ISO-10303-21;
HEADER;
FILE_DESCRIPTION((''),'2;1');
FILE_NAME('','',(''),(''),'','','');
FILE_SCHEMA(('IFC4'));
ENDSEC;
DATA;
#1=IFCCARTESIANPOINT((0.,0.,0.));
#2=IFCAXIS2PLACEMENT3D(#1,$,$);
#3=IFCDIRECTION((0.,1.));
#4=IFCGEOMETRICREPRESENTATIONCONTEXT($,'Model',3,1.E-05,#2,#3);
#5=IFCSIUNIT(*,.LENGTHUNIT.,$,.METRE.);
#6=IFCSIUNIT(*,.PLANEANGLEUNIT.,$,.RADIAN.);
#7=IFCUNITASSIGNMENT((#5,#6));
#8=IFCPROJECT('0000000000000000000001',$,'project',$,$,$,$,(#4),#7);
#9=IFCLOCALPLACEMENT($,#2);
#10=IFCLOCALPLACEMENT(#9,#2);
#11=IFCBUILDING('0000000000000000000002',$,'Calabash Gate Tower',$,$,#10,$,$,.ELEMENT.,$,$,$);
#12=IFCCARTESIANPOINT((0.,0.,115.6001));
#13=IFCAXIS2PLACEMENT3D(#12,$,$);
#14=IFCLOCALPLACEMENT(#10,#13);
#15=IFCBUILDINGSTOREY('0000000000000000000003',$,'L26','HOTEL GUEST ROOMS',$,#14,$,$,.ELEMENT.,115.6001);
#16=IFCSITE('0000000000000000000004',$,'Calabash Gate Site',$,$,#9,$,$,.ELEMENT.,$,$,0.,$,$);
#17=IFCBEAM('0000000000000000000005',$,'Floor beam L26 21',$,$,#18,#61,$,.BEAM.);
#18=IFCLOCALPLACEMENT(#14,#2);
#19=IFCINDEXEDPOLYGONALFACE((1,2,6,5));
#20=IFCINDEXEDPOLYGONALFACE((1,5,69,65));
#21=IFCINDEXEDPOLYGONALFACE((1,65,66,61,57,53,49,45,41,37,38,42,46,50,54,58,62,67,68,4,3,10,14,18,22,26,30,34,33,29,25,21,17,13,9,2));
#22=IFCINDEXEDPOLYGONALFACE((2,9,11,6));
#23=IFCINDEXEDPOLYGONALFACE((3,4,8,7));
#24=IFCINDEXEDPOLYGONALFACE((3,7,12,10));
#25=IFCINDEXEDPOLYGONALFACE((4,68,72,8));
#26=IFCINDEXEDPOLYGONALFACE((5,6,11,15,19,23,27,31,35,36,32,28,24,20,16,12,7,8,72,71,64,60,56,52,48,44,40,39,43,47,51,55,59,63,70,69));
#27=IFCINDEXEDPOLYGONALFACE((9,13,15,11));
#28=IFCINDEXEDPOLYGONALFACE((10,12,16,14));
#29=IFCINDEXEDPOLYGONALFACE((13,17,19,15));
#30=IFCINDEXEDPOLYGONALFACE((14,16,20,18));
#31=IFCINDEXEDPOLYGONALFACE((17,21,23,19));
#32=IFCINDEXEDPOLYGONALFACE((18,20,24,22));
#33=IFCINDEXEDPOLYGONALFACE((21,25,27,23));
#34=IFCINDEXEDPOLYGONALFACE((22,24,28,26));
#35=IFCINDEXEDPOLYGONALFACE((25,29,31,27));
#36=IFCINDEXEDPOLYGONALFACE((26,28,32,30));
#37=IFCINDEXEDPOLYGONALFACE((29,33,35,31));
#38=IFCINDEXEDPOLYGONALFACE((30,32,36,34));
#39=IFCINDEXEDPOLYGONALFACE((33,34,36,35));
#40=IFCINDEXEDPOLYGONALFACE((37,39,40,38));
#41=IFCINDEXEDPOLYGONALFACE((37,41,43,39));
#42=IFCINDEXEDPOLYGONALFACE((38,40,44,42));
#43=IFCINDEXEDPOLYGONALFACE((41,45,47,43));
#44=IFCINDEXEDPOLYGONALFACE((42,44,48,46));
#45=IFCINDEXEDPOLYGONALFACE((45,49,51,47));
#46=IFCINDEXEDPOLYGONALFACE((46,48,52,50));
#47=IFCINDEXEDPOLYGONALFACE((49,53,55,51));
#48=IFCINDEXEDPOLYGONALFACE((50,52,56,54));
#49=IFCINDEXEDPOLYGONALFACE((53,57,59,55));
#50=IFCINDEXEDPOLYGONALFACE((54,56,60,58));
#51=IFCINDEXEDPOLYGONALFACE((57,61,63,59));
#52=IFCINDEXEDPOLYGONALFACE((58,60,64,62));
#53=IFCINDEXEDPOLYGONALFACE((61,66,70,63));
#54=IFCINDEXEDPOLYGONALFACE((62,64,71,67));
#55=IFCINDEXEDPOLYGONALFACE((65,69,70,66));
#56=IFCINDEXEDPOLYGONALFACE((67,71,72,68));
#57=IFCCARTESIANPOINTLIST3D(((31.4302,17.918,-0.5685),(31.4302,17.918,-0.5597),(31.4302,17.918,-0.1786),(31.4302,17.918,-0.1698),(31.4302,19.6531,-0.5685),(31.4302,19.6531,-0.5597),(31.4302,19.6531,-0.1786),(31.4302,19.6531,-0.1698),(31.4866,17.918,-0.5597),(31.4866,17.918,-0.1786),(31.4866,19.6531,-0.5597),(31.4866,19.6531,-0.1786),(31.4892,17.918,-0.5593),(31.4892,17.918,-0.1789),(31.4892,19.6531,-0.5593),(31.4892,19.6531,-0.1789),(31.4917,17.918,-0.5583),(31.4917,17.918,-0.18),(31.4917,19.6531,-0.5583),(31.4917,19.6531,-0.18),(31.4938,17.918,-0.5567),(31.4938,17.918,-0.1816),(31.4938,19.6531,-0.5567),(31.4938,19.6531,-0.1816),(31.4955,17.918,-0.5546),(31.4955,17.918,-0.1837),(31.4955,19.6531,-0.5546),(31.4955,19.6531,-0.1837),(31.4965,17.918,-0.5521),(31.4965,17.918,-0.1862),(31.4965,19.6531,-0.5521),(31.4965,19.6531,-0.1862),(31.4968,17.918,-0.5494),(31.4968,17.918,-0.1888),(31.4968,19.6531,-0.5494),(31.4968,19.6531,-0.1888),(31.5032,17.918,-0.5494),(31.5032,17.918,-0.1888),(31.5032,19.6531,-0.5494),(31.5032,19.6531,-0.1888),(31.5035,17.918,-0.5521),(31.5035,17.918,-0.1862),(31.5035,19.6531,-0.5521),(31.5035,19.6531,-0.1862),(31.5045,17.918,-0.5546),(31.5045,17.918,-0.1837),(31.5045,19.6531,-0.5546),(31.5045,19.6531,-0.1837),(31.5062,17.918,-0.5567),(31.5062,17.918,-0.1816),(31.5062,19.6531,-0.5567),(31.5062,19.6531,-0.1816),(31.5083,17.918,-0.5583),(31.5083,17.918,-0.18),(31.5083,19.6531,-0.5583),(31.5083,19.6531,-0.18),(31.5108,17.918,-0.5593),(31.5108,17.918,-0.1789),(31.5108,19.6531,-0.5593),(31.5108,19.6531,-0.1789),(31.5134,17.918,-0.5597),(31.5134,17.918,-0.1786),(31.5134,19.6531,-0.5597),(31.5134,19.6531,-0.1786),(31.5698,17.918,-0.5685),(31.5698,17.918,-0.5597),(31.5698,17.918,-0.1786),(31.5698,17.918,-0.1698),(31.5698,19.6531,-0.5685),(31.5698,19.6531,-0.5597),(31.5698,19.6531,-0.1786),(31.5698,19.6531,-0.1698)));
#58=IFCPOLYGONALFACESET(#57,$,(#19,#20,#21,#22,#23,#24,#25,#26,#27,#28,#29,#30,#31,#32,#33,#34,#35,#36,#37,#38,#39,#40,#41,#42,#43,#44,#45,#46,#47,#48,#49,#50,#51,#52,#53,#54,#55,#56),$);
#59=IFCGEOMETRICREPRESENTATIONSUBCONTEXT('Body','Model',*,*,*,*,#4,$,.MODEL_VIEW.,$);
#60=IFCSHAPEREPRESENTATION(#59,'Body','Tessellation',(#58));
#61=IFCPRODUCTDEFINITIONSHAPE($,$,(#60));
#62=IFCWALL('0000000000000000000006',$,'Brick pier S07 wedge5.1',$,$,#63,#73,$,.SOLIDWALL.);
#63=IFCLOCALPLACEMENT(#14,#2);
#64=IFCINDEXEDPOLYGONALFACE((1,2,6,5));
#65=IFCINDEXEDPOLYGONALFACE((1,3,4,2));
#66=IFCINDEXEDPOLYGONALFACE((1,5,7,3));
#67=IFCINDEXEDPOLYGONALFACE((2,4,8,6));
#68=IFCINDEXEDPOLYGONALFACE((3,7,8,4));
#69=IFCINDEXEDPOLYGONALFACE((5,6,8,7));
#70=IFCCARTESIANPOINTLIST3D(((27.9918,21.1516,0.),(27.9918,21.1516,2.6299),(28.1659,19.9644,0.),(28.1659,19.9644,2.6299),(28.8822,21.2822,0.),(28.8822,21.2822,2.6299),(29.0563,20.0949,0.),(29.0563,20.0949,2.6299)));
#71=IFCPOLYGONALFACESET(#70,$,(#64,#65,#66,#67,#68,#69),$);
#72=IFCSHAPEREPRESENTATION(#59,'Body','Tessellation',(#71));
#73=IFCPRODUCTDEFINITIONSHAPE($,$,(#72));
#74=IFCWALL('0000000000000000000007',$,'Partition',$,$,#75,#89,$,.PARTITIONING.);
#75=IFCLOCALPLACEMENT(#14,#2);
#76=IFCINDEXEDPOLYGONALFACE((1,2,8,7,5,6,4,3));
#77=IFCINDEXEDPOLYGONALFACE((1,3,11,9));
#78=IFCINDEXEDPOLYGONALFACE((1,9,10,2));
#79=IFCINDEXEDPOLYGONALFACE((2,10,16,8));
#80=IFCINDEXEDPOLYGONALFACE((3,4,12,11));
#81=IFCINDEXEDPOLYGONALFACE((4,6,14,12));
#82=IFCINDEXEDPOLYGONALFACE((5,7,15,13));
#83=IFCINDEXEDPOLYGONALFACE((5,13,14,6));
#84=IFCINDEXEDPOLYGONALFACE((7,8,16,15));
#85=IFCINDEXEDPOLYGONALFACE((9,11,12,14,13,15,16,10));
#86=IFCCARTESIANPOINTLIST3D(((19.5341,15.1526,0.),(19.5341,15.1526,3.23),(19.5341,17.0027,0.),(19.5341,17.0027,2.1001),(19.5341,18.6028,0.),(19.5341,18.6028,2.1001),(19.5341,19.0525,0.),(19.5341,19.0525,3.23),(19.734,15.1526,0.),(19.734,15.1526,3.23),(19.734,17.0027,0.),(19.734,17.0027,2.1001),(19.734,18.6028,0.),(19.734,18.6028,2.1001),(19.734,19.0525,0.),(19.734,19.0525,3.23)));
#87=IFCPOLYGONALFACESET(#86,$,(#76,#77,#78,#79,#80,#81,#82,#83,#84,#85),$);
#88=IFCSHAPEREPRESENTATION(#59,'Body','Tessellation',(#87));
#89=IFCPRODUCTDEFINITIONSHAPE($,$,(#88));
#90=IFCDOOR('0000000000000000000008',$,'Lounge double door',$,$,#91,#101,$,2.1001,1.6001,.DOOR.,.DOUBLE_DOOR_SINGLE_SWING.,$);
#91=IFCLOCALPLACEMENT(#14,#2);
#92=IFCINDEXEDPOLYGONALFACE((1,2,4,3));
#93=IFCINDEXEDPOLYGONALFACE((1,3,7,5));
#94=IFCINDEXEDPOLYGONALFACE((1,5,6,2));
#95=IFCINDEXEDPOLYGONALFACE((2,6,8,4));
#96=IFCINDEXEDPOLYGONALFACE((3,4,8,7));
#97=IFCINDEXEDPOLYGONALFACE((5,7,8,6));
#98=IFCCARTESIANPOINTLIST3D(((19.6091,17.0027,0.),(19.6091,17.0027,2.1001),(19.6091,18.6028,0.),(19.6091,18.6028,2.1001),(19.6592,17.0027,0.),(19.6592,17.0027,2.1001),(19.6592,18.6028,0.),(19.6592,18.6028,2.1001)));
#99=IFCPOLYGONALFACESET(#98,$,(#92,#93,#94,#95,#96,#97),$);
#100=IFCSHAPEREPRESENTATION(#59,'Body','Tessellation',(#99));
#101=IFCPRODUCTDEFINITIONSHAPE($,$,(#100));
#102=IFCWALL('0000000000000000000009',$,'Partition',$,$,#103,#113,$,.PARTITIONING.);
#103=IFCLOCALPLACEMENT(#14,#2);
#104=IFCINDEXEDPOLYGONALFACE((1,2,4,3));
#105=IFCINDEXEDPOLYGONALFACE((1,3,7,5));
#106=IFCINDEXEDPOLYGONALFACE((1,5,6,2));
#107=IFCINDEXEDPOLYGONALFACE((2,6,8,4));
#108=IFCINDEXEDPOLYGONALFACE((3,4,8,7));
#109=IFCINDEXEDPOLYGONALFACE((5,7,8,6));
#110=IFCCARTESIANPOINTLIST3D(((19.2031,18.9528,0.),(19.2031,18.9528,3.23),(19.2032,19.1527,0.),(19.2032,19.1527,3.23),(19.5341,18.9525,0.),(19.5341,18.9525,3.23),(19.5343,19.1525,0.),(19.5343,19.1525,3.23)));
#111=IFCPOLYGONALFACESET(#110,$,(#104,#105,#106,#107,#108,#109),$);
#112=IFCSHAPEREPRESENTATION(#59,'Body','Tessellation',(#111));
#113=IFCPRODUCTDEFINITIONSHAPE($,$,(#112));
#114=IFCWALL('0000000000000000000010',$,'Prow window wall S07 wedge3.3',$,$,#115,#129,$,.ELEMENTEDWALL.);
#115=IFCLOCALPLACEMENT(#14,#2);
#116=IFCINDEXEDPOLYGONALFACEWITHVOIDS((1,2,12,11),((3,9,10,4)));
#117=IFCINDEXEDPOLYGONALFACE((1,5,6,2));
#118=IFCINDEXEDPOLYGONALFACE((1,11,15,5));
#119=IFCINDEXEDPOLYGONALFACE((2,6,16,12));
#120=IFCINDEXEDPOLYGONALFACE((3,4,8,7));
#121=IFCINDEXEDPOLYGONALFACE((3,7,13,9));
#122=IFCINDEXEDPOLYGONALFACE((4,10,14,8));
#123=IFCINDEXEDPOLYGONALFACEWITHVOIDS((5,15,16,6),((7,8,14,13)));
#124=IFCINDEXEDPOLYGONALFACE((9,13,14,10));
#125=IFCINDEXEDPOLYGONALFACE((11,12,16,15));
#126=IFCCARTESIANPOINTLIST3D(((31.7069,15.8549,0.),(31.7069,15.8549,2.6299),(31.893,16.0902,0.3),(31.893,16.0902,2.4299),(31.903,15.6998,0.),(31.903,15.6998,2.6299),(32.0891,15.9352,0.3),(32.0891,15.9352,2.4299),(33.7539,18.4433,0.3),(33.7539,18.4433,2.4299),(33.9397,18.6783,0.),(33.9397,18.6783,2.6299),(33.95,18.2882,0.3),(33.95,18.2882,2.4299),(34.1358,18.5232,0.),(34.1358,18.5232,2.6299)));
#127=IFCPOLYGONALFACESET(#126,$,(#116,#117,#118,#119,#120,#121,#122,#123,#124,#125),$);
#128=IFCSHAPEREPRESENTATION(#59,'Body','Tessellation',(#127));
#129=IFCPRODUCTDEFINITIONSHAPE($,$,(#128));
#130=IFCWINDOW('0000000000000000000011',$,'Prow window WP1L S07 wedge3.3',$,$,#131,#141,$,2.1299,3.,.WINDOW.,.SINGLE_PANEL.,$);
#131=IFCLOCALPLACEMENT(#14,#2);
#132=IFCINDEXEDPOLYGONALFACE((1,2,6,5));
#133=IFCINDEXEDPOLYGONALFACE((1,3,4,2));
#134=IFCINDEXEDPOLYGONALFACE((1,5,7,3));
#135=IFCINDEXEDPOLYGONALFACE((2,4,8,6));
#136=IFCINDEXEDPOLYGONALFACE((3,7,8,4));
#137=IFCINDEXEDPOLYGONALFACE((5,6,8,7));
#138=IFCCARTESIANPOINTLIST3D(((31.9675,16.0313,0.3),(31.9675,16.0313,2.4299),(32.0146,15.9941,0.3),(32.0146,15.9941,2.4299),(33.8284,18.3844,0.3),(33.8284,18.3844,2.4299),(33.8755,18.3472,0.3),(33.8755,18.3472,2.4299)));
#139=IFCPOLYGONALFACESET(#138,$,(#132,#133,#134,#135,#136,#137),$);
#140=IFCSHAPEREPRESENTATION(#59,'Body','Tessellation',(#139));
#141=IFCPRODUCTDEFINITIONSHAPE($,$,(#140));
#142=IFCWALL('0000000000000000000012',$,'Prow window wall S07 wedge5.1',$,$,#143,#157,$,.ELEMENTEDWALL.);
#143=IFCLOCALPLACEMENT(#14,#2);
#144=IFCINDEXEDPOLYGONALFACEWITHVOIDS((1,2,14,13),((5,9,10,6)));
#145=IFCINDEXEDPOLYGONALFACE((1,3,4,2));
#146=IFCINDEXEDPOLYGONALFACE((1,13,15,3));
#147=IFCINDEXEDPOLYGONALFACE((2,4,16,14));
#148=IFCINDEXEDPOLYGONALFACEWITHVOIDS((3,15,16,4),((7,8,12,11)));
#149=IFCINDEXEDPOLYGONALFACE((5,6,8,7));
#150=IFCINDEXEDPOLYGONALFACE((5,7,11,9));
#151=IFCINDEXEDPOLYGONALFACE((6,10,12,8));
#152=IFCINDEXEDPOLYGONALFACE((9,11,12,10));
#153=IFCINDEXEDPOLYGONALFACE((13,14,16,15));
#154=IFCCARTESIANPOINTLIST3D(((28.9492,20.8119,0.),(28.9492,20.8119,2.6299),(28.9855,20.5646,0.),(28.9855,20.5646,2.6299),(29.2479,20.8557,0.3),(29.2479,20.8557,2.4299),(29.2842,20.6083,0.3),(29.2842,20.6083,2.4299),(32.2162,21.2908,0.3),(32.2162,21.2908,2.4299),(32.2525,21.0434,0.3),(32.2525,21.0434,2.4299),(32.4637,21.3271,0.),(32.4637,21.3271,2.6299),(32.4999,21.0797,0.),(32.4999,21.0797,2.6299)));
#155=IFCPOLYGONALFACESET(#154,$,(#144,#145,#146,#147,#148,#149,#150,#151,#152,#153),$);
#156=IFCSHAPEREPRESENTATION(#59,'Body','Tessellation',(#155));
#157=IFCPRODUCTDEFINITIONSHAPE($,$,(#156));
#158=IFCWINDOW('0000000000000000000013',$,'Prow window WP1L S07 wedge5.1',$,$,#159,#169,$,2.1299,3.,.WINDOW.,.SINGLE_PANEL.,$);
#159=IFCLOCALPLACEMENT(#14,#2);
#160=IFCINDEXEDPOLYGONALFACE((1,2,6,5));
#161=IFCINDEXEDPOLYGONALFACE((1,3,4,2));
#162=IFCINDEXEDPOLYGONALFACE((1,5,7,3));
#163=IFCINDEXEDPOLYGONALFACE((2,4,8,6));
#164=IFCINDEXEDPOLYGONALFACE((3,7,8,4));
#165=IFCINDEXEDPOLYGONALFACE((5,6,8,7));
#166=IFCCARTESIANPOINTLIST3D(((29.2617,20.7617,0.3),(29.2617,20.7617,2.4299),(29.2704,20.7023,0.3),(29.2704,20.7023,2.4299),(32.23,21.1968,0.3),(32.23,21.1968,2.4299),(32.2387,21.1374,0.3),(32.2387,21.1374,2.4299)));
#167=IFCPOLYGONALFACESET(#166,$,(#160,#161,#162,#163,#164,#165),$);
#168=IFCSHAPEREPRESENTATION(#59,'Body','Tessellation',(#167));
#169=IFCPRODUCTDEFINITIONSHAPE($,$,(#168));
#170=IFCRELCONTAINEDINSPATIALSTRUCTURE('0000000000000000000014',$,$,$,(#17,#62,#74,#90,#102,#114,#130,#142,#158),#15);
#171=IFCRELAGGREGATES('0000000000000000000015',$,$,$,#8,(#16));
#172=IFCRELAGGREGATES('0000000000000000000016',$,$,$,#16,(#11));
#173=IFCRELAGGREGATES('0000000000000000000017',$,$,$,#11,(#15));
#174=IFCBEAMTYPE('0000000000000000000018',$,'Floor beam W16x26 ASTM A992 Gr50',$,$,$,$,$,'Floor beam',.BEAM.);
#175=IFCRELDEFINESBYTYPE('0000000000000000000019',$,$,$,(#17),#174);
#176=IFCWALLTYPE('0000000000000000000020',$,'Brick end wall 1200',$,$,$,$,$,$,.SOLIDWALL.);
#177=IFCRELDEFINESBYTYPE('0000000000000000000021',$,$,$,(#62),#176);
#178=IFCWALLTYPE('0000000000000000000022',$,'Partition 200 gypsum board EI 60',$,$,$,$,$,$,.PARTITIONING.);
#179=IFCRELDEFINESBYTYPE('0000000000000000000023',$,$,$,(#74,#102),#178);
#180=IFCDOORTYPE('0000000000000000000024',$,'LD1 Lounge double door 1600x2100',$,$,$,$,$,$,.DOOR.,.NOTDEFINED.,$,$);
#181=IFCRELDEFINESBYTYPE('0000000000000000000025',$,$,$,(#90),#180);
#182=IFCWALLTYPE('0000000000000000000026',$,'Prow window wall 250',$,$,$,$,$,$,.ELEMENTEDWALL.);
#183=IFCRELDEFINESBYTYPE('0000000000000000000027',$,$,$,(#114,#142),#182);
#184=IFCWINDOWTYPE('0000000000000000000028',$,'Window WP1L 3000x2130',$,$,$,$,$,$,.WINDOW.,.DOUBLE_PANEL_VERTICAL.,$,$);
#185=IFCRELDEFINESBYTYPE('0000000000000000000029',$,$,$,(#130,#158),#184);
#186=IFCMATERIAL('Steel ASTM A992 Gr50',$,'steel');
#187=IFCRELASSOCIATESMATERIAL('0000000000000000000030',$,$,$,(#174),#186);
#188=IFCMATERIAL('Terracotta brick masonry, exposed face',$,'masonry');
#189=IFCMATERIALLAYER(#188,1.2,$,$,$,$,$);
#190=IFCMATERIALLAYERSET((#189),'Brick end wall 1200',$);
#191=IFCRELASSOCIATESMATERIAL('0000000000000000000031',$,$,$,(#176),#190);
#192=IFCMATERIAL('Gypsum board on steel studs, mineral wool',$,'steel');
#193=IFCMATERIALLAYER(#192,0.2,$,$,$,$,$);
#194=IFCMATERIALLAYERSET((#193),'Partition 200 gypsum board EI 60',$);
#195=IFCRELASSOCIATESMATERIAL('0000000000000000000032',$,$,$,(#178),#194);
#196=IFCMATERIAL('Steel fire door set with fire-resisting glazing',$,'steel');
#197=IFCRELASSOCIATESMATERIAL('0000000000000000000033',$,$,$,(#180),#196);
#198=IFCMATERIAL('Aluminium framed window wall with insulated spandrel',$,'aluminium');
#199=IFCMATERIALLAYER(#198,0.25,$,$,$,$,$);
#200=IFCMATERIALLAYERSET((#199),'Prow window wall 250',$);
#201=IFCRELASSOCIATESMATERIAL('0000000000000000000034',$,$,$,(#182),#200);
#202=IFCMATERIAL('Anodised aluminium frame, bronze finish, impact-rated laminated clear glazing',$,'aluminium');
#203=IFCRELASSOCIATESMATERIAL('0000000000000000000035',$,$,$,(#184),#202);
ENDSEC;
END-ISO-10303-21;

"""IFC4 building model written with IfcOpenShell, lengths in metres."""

from ifc_helpers import new_model, si_unit, direction, frame, frame_2d, origin, origin_2d, place, context, subcontext, project, spatial, rectangle, i_section, extrude, material, layer, layer_set, material_profile, profile_set, type_object, element, fill, save


model = new_model("IFC4")

# Units and contexts
model_context = context("Model", 3, precision=1e-05, world=origin(), true_north=direction((0.0, 1.0)))
body_context = subcontext(model_context, "Body", "Model", "MODEL_VIEW")
ifc_project = project(units=[si_unit("LENGTHUNIT", "METRE"), si_unit("PLANEANGLEUNIT", "RADIAN")], contexts=[model_context])

# Site, building, storey
site_placement = place(None, origin())
site = spatial("IfcSite", under=ifc_project, at=site_placement, Name="Calabash Gate Site", CompositionType="ELEMENT", RefElevation=0.0)
building_placement = place(site_placement, origin())
building = spatial("IfcBuilding", under=site, at=building_placement, Name="Calabash Gate Tower", CompositionType="ELEMENT")
storey_placement = place(building_placement, frame((0.0, 0.0, 115.6001)))
storey = spatial("IfcBuildingStorey", under=building, at=storey_placement, Name="L26", Description="HOTEL GUEST ROOMS", CompositionType="ELEMENT", Elevation=115.6001)

# Beam
ifc_material_1 = material(Name="Steel ASTM A992 Gr50", Category="steel")
ifc_material_profile_1 = material_profile(ifc_material_1, i_section(OverallWidth=0.1396, OverallDepth=0.3987, WebThickness=0.0063, FlangeThickness=0.0088, FilletRadius=0.0103, at=origin_2d()))
ifc_profile_set_1 = profile_set([ifc_material_profile_1], Name="Steel ASTM A992 Gr50")
beam_type_1 = type_object("IfcBeamType", Name="Floor beam W16x26 ASTM A992 Gr50", ElementType="Floor beam", PredefinedType="BEAM", material=ifc_profile_set_1)
beam_1_placement = place(storey_placement, frame((31.5, 17.918, -0.3691), z_axis=(0.0, 1.0, 0.0), x_axis=(-1.0, 0.0, 0.0)))
element("IfcBeam", 1, at=beam_1_placement, inside=storey, type_object=beam_type_1, Name="Floor beam L26 21", PredefinedType="BEAM", context=body_context, shape_type="SweptSolid", body=[
    extrude(i_section(OverallWidth=0.1396, OverallDepth=0.3987, WebThickness=0.0063, FlangeThickness=0.0088, FilletRadius=0.0103, at=origin_2d()), origin(), (0.0, 0.0, 1.0), 1.7351),
])

# Wall
ifc_material_2 = material(Name="Terracotta brick masonry, exposed face", Category="masonry")
ifc_layer_1 = layer(ifc_material_2, 1.2)
ifc_layer_set_1 = layer_set([ifc_layer_1], Name="Brick end wall 1200")
wall_type_1 = type_object("IfcWallType", Name="Brick end wall 1200", PredefinedType="SOLIDWALL", material=ifc_layer_set_1)
wall_1_placement = place(storey_placement, frame((28.437, 21.217, 0.0), z_axis=(0.0, 0.0, 1.0), x_axis=(0.145066, -0.989422, 0.0)))
element("IfcWall", 2, at=wall_1_placement, inside=storey, type_object=wall_type_1, Name="Brick pier S07 wedge5.1", PredefinedType="SOLIDWALL", context=body_context, shape_type="SweptSolid", body=[
    extrude(rectangle(XDim=1.2, YDim=0.8999, at=frame_2d((0.6001, 0.0))), origin(), (0.0, 0.0, 1.0), 2.6299),
])

# Wall, opening, door
ifc_material_3 = material(Name="Gypsum board on steel studs, mineral wool", Category="steel")
ifc_layer_2 = layer(ifc_material_3, 0.2)
ifc_layer_set_2 = layer_set([ifc_layer_2], Name="Partition 200 gypsum board EI 60")
wall_type_2 = type_object("IfcWallType", Name="Partition 200 gypsum board EI 60", PredefinedType="PARTITIONING", material=ifc_layer_set_2)
wall_2_placement = place(storey_placement, frame((19.634, 15.1526, 0.0), z_axis=(0.0, 0.0, 1.0), x_axis=(0.0, 1.0, 0.0)))
wall_2 = element("IfcWall", 3, at=wall_2_placement, inside=storey, type_object=wall_type_2, Name="Partition", PredefinedType="PARTITIONING", context=body_context, shape_type="SweptSolid", body=[
    extrude(rectangle(XDim=3.8999, YDim=0.2, at=frame_2d((1.95, 0.0))), origin(), (0.0, 0.0, 1.0), 3.23),
])
opening_1_placement = place(wall_2_placement, frame((1.8501, 0.0, 0.0)))
opening_1 = element("IfcOpeningElement", 4, at=opening_1_placement, cuts=wall_2, PredefinedType="OPENING", context=body_context, shape_type="SweptSolid", body=[
    extrude(rectangle(XDim=1.6001, YDim=2.1001, at=frame_2d((0.8, 1.05))), frame((0.0, 0.1099, 0.0), z_axis=(0.0, -1.0, 0.0), x_axis=(1.0, 0.0, 0.0)), (0.0, 0.0, 1.0), 0.22),
])
ifc_material_4 = material(Name="Steel fire door set with fire-resisting glazing", Category="steel")
door_type = type_object("IfcDoorType", Name="LD1 Lounge double door 1600x2100", OperationType="NOTDEFINED", PredefinedType="DOOR", material=ifc_material_4)
door_placement = place(opening_1_placement, origin())
door = element("IfcDoor", 5, at=door_placement, inside=storey, type_object=door_type, Name="Lounge double door", OperationType="DOUBLE_DOOR_SINGLE_SWING", OverallHeight=2.1001, OverallWidth=1.6001, PredefinedType="DOOR", context=body_context, shape_type="SweptSolid", body=[
    extrude(rectangle(XDim=1.6001, YDim=2.1001, at=frame_2d((0.8, 1.05))), frame((0.0, 0.0249, 0.0), z_axis=(0.0, -1.0, 0.0), x_axis=(1.0, 0.0, 0.0)), (0.0, 0.0, 1.0), 0.05),
])
fill(opening_1, door)

# Wall
wall_3_placement = place(storey_placement, frame((19.2031, 19.0527, 0.0), z_axis=(0.0, 0.0, 1.0), x_axis=(1.0, -0.000737, 0.0)))
element("IfcWall", 6, at=wall_3_placement, inside=storey, type_object=wall_type_2, Name="Partition", PredefinedType="PARTITIONING", context=body_context, shape_type="SweptSolid", body=[
    extrude(rectangle(XDim=0.3311, YDim=0.2, at=frame_2d((0.1655, 0.0))), origin(), (0.0, 0.0, 1.0), 3.23),
])

# Walls, openings, windows
ifc_material_5 = material(Name="Aluminium framed window wall with insulated spandrel", Category="aluminium")
ifc_layer_3 = layer(ifc_material_5, 0.25)
ifc_layer_set_3 = layer_set([ifc_layer_3], Name="Prow window wall 250")
wall_type_3 = type_object("IfcWallType", Name="Prow window wall 250", PredefinedType="ELEMENTEDWALL", material=ifc_layer_set_3)
wall_4_placement = place(storey_placement, frame((31.8049, 15.7773, 0.0), z_axis=(0.0, 0.0, 1.0), x_axis=(0.620302, 0.784363, 0.0)))
wall_4 = element("IfcWall", 7, at=wall_4_placement, inside=storey, type_object=wall_type_3, Name="Prow window wall S07 wedge3.3", PredefinedType="ELEMENTEDWALL", context=body_context, shape_type="SweptSolid", body=[
    extrude(rectangle(XDim=3.5996, YDim=0.25, at=frame_2d((1.7998, 0.0))), origin(), (0.0, 0.0, 1.0), 2.6299),
])
opening_2_placement = place(wall_4_placement, frame((0.3, 0.0, 0.3)))
opening_2 = element("IfcOpeningElement", 8, at=opening_2_placement, cuts=wall_4, PredefinedType="OPENING", context=body_context, shape_type="SweptSolid", body=[
    extrude(rectangle(XDim=3.0, YDim=2.1299, at=frame_2d((1.5, 1.0649))), frame((0.0, 0.135, 0.0), z_axis=(0.0, -1.0, 0.0), x_axis=(1.0, 0.0, 0.0)), (0.0, 0.0, 1.0), 0.27),
])
ifc_material_6 = material(Name="Anodised aluminium frame, bronze finish, impact-rated laminated clear glazing", Category="aluminium")
window_type_1 = type_object("IfcWindowType", Name="Window WP1L 3000x2130", PartitioningType="DOUBLE_PANEL_VERTICAL", PredefinedType="WINDOW", material=ifc_material_6)
window_1_placement = place(opening_2_placement, origin())
window_1 = element("IfcWindow", 9, at=window_1_placement, inside=storey, type_object=window_type_1, Name="Prow window WP1L S07 wedge3.3", OverallHeight=2.1299, OverallWidth=3.0, PartitioningType="SINGLE_PANEL", PredefinedType="WINDOW", context=body_context, shape_type="SweptSolid", body=[
    extrude(rectangle(XDim=3.0, YDim=2.1299, at=frame_2d((1.5, 1.0649))), frame((0.0, 0.03, 0.0), z_axis=(0.0, -1.0, 0.0), x_axis=(1.0, 0.0, 0.0)), (0.0, 0.0, 1.0), 0.0601),
])
fill(opening_2, window_1)
wall_5_placement = place(storey_placement, frame((32.4817, 21.2034, 0.0), z_axis=(0.0, 0.0, 1.0), x_axis=(-0.989427, -0.145029, 0.0)))
wall_5 = element("IfcWall", 10, at=wall_5_placement, inside=storey, type_object=wall_type_3, Name="Prow window wall S07 wedge5.1", PredefinedType="ELEMENTEDWALL", context=body_context, shape_type="SweptSolid", body=[
    extrude(rectangle(XDim=3.552, YDim=0.25, at=frame_2d((1.7759, 0.0))), origin(), (0.0, 0.0, 1.0), 2.6299),
])
opening_3_placement = place(wall_5_placement, frame((0.25, 0.0, 0.3)))
opening_3 = element("IfcOpeningElement", 11, at=opening_3_placement, cuts=wall_5, PredefinedType="OPENING", context=body_context, shape_type="SweptSolid", body=[
    extrude(rectangle(XDim=3.0, YDim=2.1299, at=frame_2d((1.5, 1.0649))), frame((0.0, 0.135, 0.0), z_axis=(0.0, -1.0, 0.0), x_axis=(1.0, 0.0, 0.0)), (0.0, 0.0, 1.0), 0.27),
])
window_2_placement = place(opening_3_placement, origin())
window_2 = element("IfcWindow", 12, at=window_2_placement, inside=storey, type_object=window_type_1, Name="Prow window WP1L S07 wedge5.1", OverallHeight=2.1299, OverallWidth=3.0, PartitioningType="SINGLE_PANEL", PredefinedType="WINDOW", context=body_context, shape_type="SweptSolid", body=[
    extrude(rectangle(XDim=3.0, YDim=2.1299, at=frame_2d((1.5, 1.0649))), frame((0.0, 0.03, 0.0), z_axis=(0.0, -1.0, 0.0), x_axis=(1.0, 0.0, 0.0)), (0.0, 0.0, 1.0), 0.0601),
])
fill(opening_3, window_2)

save(model, "model.ifc")
